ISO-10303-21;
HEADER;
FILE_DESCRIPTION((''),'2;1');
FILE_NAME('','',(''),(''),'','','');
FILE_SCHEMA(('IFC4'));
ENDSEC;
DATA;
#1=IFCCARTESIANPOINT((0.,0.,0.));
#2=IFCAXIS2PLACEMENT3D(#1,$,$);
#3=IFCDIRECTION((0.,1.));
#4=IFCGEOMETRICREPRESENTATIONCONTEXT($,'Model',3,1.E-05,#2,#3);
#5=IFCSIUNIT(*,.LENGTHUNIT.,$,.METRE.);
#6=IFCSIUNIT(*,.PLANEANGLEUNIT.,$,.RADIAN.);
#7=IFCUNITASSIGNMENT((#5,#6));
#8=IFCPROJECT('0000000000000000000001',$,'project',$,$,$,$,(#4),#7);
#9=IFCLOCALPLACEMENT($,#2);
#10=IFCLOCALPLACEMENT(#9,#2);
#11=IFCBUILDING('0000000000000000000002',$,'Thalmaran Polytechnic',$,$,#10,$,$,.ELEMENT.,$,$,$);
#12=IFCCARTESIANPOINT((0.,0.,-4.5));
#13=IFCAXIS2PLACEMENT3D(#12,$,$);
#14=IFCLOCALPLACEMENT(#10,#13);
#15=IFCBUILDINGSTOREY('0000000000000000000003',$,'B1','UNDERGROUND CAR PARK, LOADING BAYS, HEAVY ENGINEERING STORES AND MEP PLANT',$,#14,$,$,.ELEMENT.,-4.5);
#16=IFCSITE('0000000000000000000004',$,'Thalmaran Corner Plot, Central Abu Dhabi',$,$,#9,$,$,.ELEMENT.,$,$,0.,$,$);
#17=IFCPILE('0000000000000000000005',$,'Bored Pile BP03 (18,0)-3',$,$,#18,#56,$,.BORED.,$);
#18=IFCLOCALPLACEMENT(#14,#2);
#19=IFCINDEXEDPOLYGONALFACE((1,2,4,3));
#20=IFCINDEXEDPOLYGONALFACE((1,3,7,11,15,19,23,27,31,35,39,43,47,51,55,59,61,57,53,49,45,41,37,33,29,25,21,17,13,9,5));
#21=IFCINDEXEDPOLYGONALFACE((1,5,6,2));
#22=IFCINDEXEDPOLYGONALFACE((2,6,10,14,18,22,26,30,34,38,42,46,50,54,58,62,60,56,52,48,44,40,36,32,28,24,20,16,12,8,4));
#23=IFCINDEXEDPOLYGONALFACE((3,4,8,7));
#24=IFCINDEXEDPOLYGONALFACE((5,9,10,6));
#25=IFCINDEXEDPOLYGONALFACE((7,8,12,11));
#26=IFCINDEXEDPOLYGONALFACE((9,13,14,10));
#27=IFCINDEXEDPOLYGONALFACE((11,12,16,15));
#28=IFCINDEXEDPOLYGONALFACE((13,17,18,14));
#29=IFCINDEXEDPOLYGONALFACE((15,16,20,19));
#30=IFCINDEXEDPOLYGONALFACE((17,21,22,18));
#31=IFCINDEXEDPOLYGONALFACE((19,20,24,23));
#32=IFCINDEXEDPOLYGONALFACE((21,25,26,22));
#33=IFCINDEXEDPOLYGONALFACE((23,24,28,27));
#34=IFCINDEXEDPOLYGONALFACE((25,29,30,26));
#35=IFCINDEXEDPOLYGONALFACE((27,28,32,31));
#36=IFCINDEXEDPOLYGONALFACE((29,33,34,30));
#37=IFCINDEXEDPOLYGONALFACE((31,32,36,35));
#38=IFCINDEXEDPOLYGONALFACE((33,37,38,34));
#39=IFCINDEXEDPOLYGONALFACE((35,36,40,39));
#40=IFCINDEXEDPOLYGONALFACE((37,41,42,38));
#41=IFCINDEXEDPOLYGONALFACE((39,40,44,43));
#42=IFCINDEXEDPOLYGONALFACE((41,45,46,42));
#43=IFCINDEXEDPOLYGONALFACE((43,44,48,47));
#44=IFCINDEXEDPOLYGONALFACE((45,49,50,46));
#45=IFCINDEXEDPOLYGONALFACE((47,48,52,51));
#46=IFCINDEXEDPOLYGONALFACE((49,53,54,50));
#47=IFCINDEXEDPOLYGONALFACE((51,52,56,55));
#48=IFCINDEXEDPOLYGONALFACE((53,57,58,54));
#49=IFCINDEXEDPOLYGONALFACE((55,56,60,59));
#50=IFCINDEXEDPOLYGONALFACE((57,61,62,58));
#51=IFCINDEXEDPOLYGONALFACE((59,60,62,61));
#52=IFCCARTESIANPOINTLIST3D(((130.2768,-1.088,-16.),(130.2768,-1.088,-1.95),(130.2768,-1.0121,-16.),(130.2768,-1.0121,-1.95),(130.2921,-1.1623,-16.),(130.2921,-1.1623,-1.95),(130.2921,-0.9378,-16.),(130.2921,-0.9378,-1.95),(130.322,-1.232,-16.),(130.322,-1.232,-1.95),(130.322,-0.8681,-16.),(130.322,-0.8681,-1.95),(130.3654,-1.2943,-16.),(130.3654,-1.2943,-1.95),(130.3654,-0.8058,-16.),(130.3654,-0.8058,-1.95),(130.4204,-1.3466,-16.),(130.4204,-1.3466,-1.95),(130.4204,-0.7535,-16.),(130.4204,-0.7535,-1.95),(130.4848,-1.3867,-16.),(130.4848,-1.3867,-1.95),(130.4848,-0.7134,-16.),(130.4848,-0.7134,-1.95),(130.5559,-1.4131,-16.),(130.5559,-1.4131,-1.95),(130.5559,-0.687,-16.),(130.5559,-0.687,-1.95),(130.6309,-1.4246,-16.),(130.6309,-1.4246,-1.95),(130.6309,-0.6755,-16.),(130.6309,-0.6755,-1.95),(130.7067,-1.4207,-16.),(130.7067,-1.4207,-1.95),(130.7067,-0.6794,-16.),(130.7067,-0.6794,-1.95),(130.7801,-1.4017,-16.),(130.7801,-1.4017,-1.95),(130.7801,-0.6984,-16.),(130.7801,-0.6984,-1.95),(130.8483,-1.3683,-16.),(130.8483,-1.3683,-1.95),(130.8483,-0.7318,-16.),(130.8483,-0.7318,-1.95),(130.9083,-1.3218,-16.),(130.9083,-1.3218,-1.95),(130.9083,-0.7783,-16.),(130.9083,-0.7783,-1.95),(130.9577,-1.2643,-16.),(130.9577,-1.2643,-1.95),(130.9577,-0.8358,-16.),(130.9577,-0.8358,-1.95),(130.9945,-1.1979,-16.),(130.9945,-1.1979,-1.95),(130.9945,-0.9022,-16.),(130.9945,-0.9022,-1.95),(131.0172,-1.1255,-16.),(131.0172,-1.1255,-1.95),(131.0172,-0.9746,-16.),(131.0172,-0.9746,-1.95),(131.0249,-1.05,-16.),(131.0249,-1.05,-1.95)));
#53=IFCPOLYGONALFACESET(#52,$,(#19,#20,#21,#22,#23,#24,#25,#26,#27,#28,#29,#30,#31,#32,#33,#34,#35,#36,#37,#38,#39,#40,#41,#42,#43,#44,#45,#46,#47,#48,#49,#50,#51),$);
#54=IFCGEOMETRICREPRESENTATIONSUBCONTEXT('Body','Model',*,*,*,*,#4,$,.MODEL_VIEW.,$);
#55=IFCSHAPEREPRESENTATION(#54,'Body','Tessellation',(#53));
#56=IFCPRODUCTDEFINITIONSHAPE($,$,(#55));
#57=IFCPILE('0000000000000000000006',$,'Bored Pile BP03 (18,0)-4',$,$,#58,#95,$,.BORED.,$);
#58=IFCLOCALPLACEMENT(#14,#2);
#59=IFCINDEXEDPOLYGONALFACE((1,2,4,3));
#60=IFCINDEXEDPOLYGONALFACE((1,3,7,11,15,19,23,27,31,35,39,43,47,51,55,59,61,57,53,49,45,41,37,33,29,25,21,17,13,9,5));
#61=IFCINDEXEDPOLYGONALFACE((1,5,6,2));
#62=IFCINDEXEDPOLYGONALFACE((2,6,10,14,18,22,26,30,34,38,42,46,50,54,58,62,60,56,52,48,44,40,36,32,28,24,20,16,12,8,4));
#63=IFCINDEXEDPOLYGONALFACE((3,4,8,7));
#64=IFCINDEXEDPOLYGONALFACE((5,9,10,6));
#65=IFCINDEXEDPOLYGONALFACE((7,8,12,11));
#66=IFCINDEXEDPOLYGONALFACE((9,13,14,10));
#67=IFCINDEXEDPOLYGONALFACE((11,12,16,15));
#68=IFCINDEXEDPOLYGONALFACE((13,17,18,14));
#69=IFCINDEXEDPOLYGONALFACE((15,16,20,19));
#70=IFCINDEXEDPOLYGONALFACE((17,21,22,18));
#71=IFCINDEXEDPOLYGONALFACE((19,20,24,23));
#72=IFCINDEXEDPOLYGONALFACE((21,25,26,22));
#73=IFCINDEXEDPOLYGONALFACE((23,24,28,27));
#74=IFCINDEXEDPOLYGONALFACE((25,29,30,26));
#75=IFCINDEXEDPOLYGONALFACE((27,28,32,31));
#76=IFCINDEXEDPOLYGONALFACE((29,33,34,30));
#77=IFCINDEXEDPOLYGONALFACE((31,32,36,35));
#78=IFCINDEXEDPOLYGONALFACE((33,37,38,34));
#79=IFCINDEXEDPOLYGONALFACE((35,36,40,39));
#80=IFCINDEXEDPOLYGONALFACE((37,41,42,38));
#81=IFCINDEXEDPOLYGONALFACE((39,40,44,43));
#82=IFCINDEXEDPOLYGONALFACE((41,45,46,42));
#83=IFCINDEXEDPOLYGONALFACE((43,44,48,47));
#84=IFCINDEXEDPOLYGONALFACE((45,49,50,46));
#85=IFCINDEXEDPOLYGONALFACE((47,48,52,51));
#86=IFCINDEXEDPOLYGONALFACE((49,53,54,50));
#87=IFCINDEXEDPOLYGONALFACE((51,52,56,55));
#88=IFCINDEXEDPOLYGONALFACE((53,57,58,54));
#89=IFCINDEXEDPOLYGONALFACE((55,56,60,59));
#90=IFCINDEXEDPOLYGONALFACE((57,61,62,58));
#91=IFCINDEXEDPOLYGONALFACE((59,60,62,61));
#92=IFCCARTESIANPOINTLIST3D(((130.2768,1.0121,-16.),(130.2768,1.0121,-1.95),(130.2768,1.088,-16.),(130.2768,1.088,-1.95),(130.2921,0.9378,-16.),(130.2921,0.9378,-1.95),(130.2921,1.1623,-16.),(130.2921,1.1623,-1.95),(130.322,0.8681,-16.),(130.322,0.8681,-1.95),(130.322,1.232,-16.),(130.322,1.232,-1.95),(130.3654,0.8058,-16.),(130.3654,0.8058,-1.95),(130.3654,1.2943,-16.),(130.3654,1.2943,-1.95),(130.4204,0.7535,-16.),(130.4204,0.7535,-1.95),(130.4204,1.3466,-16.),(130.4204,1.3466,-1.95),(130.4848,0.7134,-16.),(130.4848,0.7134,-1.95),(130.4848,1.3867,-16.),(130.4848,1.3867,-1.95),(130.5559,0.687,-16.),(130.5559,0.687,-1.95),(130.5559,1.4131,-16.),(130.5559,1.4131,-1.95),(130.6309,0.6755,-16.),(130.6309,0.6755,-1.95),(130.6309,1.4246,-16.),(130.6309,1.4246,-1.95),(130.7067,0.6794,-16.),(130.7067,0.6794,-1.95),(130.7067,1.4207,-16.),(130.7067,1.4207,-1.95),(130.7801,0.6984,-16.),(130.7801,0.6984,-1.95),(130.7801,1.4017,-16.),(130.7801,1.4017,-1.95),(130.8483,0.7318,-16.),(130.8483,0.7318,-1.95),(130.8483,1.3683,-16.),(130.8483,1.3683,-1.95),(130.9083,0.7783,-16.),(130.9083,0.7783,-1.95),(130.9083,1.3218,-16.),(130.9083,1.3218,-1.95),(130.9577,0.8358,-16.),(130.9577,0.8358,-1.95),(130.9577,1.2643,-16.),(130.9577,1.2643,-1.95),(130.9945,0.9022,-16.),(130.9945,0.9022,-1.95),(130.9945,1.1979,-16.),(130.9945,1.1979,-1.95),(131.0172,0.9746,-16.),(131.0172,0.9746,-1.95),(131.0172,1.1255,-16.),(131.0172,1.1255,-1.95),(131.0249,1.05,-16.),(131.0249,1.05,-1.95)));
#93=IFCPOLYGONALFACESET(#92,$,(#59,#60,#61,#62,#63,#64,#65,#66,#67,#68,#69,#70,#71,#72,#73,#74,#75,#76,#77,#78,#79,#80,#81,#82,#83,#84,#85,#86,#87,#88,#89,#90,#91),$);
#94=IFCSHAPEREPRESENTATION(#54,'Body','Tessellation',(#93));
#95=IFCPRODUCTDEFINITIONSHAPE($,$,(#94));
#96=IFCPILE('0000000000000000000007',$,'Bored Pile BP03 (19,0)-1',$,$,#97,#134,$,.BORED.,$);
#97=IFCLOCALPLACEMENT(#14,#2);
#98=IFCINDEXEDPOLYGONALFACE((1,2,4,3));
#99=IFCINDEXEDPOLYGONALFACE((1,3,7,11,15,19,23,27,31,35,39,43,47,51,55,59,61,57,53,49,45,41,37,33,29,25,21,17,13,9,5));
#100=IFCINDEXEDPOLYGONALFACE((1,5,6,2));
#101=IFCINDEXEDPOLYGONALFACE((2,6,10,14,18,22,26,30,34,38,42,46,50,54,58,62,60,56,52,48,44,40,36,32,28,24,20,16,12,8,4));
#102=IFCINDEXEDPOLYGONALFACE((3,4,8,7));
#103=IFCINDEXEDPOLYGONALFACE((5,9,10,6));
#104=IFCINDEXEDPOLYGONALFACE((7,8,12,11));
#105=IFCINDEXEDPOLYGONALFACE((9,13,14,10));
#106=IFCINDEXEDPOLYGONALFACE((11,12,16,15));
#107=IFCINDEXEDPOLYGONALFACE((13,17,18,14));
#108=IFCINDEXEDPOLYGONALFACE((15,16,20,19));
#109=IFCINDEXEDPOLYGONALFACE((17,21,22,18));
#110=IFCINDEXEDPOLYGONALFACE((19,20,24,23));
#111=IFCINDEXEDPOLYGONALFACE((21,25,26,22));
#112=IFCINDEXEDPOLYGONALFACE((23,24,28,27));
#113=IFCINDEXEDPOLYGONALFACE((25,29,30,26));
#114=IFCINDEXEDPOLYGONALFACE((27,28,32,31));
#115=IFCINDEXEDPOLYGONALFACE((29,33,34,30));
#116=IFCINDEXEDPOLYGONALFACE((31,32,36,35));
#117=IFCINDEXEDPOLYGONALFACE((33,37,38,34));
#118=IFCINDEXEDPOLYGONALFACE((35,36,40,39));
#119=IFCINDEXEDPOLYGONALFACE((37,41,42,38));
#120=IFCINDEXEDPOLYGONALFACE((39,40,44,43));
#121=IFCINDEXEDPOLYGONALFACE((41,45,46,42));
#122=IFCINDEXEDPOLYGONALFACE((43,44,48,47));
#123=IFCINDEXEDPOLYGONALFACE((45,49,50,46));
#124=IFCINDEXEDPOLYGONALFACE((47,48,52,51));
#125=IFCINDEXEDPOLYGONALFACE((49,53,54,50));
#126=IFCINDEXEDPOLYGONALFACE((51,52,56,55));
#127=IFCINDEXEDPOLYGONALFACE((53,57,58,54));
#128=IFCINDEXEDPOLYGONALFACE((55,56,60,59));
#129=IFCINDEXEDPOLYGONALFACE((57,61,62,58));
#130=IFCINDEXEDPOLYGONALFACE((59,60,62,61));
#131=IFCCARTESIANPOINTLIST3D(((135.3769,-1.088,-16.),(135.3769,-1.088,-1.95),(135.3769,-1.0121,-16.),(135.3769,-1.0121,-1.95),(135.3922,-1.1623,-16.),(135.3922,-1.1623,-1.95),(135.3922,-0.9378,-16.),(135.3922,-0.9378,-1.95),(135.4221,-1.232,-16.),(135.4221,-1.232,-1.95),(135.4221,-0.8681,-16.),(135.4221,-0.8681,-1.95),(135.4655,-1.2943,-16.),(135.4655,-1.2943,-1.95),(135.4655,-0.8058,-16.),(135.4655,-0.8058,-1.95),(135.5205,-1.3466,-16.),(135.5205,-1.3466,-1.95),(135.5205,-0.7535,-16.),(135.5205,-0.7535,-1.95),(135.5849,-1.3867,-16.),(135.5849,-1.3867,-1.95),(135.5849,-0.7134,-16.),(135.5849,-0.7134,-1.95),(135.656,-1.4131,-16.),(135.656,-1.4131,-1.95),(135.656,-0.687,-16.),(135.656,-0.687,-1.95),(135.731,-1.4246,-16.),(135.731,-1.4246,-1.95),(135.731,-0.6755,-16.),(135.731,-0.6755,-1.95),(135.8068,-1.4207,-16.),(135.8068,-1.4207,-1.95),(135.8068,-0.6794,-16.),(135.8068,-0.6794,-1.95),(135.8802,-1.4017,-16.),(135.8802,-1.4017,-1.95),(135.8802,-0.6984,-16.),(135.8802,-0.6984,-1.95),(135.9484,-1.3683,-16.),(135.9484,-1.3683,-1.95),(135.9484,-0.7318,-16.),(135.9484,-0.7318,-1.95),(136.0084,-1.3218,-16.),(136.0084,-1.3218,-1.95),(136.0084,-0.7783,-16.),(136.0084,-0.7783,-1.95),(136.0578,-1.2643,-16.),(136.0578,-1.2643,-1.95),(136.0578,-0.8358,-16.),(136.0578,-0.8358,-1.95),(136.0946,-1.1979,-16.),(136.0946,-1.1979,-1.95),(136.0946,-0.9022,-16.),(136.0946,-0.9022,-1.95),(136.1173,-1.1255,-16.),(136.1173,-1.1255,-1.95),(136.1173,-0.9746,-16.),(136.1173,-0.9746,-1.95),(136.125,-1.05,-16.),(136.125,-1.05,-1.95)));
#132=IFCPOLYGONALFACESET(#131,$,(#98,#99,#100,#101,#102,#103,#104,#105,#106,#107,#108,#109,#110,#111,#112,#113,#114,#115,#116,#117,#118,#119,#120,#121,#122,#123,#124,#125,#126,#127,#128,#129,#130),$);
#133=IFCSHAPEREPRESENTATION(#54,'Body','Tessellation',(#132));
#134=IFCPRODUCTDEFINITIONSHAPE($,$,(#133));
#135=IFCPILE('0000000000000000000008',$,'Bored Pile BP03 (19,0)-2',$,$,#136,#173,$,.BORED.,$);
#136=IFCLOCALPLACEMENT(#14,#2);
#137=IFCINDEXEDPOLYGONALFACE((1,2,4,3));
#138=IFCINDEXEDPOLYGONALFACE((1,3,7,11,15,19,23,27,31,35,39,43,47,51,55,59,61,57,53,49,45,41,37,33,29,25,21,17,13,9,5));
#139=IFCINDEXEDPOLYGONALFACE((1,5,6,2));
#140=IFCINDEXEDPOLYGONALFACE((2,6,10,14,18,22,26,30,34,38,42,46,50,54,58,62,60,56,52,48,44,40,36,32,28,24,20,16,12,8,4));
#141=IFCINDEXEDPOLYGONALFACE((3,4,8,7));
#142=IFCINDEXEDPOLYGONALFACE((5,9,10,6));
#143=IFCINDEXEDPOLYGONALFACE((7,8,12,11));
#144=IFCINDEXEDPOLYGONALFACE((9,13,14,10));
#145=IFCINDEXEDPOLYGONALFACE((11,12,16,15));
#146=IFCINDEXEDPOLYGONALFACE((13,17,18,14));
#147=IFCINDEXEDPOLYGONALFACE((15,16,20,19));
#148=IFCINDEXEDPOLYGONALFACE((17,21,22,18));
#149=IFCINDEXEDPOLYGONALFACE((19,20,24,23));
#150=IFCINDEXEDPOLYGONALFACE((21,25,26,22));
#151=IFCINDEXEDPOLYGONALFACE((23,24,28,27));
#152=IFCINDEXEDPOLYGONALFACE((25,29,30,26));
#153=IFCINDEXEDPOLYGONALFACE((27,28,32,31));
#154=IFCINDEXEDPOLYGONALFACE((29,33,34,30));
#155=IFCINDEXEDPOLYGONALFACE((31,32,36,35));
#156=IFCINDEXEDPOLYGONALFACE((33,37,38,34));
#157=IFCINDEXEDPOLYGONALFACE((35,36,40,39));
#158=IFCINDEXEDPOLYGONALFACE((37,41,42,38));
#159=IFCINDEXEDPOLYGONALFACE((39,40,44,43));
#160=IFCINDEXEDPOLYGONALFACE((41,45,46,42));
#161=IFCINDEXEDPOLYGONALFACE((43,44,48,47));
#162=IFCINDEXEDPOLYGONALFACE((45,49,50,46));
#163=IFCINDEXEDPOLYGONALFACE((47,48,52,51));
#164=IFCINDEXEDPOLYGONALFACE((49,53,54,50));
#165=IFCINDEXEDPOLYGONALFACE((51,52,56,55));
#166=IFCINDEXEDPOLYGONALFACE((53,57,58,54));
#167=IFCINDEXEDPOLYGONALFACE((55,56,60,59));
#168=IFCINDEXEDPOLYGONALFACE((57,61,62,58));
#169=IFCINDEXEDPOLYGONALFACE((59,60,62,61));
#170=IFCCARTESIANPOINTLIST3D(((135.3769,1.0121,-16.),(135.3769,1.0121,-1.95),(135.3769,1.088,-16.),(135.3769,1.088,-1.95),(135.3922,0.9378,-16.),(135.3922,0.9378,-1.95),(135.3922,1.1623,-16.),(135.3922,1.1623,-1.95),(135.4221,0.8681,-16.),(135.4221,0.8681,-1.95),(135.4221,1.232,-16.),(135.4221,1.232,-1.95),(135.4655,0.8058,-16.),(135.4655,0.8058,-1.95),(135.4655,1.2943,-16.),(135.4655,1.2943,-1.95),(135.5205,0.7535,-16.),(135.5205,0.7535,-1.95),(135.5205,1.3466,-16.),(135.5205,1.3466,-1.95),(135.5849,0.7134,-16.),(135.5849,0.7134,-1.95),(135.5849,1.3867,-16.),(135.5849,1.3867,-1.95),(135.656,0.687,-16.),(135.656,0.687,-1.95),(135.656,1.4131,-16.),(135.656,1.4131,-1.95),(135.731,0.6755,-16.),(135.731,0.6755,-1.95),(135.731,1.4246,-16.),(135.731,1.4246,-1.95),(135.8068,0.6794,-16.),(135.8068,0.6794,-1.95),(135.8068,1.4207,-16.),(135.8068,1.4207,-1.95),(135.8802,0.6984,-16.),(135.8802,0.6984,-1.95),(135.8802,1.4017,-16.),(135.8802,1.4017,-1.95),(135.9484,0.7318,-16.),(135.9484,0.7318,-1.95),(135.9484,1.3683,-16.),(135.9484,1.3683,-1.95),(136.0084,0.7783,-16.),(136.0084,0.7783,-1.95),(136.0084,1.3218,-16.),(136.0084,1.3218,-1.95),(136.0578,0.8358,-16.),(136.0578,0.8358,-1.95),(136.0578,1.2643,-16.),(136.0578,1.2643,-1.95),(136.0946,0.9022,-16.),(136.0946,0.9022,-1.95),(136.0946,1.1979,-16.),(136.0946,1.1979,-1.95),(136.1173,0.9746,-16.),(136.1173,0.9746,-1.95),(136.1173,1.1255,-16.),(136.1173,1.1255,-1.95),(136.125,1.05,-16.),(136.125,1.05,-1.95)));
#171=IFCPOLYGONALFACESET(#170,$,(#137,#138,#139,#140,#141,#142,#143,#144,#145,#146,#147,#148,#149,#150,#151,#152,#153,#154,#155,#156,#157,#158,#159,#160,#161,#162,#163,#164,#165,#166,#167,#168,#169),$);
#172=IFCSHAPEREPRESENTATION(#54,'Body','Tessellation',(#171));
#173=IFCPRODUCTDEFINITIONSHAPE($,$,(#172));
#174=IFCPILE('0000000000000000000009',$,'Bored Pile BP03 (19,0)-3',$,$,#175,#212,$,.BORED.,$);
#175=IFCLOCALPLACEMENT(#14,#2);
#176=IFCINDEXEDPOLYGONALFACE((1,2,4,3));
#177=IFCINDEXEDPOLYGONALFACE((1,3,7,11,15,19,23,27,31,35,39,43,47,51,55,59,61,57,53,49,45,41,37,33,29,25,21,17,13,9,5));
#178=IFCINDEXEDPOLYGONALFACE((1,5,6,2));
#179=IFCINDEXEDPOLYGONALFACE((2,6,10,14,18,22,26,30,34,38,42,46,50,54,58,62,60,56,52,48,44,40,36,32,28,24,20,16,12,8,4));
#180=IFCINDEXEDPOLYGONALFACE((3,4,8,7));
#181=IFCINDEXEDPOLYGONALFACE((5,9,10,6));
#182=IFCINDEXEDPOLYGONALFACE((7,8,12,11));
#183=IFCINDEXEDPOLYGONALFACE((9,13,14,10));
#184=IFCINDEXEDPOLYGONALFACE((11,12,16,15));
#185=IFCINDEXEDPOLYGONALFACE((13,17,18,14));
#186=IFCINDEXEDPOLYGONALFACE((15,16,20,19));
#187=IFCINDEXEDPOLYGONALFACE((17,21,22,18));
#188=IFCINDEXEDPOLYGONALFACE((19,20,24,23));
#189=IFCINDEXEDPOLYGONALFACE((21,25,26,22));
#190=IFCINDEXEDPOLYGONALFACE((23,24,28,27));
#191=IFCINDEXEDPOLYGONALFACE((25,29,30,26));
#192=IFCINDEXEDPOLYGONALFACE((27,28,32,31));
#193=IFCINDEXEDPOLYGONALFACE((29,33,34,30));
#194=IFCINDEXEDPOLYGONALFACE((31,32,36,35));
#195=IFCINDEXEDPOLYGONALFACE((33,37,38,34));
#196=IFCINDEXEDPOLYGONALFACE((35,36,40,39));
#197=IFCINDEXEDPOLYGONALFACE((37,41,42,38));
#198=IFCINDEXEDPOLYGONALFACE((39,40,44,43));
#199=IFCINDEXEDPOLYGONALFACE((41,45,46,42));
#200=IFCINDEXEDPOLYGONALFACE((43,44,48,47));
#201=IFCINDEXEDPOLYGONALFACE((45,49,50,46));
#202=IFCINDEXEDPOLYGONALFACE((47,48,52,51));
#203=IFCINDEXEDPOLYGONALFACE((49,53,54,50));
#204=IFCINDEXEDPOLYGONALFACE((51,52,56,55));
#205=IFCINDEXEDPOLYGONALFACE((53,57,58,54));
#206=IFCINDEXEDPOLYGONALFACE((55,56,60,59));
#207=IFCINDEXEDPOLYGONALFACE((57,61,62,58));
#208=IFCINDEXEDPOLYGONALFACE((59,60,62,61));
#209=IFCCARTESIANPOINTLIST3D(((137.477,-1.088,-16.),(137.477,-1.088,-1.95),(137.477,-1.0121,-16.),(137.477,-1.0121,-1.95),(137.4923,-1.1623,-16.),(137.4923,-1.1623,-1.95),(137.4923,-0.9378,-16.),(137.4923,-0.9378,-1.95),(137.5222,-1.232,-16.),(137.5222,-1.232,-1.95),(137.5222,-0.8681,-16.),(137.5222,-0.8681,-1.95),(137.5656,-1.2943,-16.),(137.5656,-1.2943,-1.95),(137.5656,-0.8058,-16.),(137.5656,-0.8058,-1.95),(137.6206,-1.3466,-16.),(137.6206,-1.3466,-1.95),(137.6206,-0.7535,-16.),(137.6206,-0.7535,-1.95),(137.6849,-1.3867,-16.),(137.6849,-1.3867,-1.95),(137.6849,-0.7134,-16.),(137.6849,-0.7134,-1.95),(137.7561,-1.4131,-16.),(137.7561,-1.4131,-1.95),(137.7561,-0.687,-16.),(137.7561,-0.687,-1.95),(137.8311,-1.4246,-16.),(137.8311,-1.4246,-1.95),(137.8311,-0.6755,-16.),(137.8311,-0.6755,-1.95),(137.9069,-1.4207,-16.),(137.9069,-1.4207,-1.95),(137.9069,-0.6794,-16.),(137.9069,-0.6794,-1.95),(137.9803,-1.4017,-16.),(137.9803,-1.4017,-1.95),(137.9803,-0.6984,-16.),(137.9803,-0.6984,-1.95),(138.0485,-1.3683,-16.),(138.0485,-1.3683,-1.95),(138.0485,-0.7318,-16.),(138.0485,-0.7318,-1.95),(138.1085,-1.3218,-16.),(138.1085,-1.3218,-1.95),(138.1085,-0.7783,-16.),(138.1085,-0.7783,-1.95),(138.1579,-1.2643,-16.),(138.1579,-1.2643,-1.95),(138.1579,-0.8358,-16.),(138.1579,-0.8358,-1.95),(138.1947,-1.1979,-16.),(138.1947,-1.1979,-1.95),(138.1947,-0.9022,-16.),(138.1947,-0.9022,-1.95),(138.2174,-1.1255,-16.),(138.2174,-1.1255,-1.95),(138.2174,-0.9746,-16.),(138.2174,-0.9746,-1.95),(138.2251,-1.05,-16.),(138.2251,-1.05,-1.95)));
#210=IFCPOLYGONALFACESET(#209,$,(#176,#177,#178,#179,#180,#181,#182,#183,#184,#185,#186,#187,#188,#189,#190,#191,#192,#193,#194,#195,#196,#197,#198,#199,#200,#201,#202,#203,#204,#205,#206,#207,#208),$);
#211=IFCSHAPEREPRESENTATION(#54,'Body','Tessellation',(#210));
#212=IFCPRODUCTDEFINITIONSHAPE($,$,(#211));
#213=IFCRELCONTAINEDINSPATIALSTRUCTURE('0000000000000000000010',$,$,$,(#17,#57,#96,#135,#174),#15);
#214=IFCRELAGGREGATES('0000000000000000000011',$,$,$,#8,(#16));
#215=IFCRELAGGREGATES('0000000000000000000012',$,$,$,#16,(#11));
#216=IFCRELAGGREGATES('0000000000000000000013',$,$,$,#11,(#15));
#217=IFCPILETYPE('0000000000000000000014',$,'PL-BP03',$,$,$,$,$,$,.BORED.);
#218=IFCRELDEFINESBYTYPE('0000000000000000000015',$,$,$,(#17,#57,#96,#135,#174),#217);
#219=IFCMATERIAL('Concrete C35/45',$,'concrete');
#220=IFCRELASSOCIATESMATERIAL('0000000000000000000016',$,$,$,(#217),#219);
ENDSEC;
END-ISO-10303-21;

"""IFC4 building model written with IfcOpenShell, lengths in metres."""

from ifc_helpers import new_model, si_unit, direction, frame, origin, origin_2d, place, context, subcontext, project, spatial, circle, extrude, material, material_profile, profile_set, type_object, element, save


model = new_model("IFC4")

# Units and contexts
model_context = context("Model", 3, precision=1e-05, world=origin(), true_north=direction((0.0, 1.0)))
body_context = subcontext(model_context, "Body", "Model", "MODEL_VIEW")
ifc_project = project(units=[si_unit("LENGTHUNIT", "METRE"), si_unit("PLANEANGLEUNIT", "RADIAN")], contexts=[model_context])

# Site, building, storey
site_placement = place(None, origin())
site = spatial("IfcSite", under=ifc_project, at=site_placement, Name="Thalmaran Corner Plot, Central Abu Dhabi", CompositionType="ELEMENT", RefElevation=0.0)
building_placement = place(site_placement, origin())
building = spatial("IfcBuilding", under=site, at=building_placement, Name="Thalmaran Polytechnic", CompositionType="ELEMENT")
storey_placement = place(building_placement, frame((0.0, 0.0, -4.5)))
storey = spatial("IfcBuildingStorey", under=building, at=storey_placement, Name="B1", Description="UNDERGROUND CAR PARK, LOADING BAYS, HEAVY ENGINEERING STORES AND MEP PLANT", CompositionType="ELEMENT", Elevation=-4.5)

# Piles
ifc_material_1 = material(Name="Concrete C35/45", Category="concrete")
ifc_material_profile_1 = material_profile(ifc_material_1, circle(Radius=0.375, at=origin_2d()), Name="RC 750 DIA")
ifc_profile_set_1 = profile_set([ifc_material_profile_1], Name="Concrete C35/45")
pile_type_1 = type_object("IfcPileType", Name="PL-BP03", PredefinedType="BORED", material=ifc_profile_set_1)
for number, where, z_axis, x_axis, name in (
    (1, (130.6499, -1.05, -1.95), (0.0, 0.0, -1.0), (1.0, 0.0, 0.0), "Bored Pile BP03 (18,0)-3"),
    (2, (130.6499, 1.05, -1.95), (0.0, 0.0, -1.0), (1.0, 0.0, 0.0), "Bored Pile BP03 (18,0)-4"),
    (3, (135.75, -1.05, -1.95), (0.0, 0.0, -1.0), (1.0, 0.0, 0.0), "Bored Pile BP03 (19,0)-1"),
    (4, (135.75, 1.05, -1.95), (0.0, 0.0, -1.0), (1.0, 0.0, 0.0), "Bored Pile BP03 (19,0)-2"),
    (5, (137.8501, -1.05, -1.95), (0.0, 0.0, -1.0), (1.0, 0.0, 0.0), "Bored Pile BP03 (19,0)-3"),
):
    element("IfcPile", number, at=place(storey_placement, frame(where, z_axis=z_axis, x_axis=x_axis)), inside=storey, type_object=pile_type_1, Name=name, PredefinedType="BORED", context=body_context, shape_type="SweptSolid", body=[
        extrude(circle(Radius=0.375, at=origin_2d()), origin(), (0.0, 0.0, 1.0), 14.05),
    ])

save(model, "model.ifc")
